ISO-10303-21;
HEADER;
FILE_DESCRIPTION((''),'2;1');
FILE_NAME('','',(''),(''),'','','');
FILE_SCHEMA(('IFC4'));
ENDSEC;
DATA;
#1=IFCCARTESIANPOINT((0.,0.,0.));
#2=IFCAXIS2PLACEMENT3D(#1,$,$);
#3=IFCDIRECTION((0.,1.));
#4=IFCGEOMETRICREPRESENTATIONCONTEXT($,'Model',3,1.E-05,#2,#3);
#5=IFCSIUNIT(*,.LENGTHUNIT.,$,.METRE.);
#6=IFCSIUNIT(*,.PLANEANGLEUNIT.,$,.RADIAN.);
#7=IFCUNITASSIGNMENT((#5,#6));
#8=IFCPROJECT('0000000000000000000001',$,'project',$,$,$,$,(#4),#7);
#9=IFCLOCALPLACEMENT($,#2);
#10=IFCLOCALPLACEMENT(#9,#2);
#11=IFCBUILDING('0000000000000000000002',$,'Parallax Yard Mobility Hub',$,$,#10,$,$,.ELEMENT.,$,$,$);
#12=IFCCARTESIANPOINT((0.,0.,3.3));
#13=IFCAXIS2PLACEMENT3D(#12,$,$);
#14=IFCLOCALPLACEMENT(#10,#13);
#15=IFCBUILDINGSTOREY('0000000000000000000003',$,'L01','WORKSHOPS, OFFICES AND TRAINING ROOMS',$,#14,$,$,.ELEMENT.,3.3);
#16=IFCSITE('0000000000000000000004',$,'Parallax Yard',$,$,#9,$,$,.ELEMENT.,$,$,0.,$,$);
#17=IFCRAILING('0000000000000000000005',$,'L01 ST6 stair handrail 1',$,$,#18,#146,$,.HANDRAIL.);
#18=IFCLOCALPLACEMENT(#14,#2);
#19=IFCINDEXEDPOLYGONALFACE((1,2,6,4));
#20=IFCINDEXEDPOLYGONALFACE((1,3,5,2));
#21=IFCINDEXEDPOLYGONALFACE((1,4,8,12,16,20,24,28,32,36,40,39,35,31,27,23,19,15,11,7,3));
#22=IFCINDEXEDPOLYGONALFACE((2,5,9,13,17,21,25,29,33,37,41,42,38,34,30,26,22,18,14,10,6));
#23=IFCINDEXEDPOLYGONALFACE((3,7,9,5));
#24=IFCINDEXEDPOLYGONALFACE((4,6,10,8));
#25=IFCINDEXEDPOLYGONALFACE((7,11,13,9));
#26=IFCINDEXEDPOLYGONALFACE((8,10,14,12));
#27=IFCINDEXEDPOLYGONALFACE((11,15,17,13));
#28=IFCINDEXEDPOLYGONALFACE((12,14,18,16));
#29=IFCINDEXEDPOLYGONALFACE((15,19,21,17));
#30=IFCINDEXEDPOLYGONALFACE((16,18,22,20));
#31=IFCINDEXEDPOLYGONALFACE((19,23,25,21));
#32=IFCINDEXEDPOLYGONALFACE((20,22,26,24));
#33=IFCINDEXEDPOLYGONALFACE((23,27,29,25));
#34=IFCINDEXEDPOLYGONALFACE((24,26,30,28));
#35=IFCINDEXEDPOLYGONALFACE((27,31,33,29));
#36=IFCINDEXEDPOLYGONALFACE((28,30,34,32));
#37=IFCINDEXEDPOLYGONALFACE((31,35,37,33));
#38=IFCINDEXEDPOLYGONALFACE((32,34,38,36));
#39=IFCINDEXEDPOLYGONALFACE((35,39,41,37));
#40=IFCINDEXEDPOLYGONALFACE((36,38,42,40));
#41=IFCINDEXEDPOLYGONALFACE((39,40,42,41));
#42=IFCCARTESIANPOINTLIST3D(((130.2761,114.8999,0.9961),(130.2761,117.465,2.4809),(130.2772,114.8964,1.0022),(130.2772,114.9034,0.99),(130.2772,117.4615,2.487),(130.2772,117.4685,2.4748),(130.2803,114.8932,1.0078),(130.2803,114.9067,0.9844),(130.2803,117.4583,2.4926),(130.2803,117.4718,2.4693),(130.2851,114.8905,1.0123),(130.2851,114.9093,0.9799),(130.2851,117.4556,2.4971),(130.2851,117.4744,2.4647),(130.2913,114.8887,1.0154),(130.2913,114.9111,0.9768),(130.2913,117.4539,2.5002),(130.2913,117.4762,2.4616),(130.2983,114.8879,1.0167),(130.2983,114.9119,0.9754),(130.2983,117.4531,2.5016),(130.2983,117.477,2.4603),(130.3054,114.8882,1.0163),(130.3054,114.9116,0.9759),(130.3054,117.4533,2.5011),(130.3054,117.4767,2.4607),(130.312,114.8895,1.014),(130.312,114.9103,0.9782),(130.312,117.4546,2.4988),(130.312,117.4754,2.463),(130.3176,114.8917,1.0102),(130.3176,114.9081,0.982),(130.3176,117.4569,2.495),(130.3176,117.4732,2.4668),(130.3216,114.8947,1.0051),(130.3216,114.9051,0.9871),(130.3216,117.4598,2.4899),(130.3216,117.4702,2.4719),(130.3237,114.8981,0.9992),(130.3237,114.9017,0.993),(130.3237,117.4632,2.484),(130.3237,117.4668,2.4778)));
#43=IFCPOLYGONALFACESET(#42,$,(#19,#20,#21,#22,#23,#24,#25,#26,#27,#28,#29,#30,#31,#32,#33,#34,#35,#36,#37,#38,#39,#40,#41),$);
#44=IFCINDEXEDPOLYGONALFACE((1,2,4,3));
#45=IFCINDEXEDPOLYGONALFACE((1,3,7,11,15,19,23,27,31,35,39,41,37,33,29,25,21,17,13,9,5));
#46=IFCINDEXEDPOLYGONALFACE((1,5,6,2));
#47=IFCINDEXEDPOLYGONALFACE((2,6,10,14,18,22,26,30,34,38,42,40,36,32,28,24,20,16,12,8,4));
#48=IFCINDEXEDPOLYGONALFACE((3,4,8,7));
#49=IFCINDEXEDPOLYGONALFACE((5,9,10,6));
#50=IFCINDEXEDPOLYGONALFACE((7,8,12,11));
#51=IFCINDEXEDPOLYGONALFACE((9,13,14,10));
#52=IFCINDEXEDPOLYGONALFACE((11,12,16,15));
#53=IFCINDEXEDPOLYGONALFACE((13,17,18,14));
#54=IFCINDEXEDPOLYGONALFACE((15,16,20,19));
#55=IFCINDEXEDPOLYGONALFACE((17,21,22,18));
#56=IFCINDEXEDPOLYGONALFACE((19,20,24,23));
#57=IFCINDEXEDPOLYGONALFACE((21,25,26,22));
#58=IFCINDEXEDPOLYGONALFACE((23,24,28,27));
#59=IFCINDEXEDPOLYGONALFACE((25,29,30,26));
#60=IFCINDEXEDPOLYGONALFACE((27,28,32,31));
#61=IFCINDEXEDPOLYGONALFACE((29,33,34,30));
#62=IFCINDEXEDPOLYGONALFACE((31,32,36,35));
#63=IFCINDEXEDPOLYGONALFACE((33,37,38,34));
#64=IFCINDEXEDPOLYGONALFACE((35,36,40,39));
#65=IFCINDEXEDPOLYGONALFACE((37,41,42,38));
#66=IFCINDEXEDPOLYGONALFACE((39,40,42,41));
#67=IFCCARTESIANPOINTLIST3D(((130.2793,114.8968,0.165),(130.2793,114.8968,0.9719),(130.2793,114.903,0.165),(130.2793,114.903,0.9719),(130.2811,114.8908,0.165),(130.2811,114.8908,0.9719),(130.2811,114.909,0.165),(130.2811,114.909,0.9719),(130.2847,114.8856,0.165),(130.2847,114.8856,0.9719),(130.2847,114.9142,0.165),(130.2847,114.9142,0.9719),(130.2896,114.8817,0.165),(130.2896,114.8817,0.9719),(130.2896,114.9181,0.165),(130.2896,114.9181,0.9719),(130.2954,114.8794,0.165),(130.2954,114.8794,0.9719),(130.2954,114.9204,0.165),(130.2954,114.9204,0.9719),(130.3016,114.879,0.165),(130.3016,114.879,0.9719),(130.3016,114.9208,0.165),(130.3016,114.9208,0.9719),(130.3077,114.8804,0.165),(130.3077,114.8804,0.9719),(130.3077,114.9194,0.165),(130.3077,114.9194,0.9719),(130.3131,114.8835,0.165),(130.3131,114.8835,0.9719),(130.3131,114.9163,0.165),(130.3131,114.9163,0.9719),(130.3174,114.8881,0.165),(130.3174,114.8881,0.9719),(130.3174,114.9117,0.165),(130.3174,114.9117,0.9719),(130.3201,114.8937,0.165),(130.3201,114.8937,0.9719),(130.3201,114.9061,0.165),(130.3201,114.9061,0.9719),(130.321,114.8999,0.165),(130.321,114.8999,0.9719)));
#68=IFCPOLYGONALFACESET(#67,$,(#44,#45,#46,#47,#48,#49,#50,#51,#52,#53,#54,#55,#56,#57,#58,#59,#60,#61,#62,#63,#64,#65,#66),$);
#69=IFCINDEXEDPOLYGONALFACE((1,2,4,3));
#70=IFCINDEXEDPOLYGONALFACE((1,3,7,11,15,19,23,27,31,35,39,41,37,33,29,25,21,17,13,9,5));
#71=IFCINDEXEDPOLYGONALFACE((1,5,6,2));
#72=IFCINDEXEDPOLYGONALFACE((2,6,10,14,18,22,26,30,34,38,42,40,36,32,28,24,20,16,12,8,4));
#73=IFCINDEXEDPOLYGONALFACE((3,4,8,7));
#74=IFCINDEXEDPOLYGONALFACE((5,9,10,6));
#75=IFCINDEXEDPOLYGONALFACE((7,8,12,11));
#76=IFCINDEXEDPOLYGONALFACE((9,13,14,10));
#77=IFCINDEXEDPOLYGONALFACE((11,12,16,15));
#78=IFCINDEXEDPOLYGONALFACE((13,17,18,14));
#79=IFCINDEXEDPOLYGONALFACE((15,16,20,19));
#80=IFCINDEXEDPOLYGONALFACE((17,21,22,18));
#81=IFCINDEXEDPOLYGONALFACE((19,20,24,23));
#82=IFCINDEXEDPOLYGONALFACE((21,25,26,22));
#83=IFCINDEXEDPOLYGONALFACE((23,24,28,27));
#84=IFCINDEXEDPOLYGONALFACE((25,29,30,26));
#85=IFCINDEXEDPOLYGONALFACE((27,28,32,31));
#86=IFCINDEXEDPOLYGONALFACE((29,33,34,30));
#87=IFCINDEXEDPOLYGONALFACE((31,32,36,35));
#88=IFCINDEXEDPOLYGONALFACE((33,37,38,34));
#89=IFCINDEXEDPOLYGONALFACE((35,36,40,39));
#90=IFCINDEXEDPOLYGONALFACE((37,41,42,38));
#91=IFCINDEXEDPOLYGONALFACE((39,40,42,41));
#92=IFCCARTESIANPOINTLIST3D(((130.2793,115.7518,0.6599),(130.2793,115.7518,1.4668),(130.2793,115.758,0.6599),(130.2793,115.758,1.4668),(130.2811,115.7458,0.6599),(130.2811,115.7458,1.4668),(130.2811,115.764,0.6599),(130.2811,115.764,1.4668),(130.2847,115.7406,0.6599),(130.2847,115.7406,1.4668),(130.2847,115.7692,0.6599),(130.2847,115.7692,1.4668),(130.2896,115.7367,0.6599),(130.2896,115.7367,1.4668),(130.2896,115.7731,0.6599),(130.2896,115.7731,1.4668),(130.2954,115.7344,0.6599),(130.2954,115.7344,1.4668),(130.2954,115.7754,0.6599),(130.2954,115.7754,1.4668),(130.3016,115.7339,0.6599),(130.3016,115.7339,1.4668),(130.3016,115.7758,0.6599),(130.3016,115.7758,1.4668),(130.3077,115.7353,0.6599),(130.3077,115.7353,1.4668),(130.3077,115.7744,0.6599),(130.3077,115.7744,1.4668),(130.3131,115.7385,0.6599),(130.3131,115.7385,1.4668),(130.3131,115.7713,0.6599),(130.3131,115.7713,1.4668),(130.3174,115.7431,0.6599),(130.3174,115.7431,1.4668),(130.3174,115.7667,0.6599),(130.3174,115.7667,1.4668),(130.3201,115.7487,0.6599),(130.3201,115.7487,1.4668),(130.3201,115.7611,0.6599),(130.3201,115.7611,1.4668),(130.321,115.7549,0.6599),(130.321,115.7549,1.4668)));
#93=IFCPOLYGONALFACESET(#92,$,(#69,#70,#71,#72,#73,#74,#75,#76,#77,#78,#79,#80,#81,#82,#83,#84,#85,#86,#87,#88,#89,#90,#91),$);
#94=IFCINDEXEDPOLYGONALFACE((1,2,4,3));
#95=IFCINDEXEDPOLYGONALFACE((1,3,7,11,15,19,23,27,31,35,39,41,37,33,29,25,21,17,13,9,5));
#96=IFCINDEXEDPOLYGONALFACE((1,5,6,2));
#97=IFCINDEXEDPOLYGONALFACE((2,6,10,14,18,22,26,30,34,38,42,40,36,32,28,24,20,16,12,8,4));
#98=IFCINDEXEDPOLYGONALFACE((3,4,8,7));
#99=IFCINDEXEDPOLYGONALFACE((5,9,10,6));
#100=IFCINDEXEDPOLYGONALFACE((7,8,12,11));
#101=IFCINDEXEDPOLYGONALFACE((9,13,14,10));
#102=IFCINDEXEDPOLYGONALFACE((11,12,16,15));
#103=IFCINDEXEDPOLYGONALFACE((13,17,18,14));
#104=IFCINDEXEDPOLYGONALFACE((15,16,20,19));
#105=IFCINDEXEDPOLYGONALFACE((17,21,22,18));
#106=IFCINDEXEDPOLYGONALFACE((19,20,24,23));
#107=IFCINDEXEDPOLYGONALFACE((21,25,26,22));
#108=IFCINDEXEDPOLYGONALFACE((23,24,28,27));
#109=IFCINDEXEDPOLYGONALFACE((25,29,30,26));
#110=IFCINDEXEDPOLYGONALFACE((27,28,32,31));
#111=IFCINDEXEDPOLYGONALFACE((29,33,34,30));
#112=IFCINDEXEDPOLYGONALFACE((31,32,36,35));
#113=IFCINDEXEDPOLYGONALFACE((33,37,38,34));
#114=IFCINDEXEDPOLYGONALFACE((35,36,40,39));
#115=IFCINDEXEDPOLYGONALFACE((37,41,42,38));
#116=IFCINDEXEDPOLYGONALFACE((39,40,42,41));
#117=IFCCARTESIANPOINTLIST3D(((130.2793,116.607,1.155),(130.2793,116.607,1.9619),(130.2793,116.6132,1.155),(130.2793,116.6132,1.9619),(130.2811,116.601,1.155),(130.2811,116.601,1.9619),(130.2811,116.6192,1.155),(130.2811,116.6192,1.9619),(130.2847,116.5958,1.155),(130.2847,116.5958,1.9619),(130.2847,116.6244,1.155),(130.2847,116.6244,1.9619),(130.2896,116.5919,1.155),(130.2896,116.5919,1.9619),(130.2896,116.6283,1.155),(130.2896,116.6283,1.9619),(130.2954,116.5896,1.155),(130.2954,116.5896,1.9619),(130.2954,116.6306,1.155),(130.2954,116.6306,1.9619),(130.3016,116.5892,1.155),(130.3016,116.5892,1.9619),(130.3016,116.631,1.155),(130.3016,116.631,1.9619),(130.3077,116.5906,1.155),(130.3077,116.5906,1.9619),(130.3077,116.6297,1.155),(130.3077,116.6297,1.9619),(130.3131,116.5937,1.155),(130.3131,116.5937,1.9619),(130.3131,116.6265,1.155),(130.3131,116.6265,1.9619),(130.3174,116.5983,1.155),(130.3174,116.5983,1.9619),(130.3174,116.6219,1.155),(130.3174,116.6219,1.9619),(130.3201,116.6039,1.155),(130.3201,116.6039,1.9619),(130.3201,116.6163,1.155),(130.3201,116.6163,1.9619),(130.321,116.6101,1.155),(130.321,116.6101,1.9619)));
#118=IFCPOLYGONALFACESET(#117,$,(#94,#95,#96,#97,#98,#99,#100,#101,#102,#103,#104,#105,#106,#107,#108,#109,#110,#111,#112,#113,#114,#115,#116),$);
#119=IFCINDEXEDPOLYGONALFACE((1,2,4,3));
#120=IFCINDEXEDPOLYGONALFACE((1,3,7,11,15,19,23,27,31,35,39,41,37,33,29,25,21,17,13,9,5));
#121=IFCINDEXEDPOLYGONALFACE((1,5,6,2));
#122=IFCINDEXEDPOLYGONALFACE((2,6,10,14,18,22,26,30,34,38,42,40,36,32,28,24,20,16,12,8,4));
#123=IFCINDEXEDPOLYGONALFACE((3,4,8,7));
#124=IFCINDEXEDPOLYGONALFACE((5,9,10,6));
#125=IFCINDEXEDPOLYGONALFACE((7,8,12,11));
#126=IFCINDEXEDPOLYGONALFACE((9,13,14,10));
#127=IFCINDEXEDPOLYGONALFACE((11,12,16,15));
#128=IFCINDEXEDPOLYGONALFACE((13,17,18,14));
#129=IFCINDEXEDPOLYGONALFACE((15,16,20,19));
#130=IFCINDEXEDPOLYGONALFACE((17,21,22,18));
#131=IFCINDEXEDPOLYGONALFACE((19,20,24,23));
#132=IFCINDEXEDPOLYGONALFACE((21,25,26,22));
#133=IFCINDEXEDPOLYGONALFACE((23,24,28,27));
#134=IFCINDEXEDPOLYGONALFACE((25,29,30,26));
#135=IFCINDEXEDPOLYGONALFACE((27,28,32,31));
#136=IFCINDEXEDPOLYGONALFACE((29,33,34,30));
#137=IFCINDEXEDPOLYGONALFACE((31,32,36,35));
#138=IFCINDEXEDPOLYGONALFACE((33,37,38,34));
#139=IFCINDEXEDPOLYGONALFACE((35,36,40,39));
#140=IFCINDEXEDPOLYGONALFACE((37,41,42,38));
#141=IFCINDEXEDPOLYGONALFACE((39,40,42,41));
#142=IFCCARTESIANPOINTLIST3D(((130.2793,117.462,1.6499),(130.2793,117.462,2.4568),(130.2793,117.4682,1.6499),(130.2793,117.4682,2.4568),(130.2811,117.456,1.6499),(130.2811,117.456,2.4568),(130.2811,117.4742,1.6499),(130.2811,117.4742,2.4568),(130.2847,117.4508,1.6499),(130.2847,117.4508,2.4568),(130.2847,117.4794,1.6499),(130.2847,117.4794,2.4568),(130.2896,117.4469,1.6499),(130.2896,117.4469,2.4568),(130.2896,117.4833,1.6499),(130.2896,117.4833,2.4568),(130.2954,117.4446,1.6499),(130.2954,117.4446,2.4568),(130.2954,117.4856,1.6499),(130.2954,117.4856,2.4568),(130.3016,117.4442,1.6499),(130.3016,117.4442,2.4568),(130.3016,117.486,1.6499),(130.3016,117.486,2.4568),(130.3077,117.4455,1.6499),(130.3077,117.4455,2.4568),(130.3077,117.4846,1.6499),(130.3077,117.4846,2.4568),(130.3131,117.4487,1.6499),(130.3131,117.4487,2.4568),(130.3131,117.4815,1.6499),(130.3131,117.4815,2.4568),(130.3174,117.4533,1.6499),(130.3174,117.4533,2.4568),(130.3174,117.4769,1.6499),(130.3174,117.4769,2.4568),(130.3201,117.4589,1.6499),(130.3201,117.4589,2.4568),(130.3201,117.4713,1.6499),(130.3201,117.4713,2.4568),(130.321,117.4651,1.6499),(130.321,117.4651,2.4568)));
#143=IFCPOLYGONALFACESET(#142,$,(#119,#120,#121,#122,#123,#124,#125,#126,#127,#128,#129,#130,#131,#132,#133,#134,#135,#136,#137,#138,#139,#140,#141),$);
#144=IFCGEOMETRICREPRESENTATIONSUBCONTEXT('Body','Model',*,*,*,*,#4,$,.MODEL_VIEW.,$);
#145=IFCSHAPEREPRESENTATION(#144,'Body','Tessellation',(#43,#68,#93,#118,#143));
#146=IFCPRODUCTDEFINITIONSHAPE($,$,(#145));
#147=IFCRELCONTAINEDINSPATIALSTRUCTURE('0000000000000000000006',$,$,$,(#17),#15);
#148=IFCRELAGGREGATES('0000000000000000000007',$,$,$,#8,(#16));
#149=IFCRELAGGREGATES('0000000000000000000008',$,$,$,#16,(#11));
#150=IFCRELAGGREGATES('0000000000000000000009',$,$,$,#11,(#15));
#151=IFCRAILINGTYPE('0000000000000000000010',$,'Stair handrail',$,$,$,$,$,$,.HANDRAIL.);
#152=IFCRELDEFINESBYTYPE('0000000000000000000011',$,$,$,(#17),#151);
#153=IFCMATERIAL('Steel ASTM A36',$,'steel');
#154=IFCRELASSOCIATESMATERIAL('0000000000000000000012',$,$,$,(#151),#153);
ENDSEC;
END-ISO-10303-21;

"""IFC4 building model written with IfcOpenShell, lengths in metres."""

from ifc_helpers import new_model, si_unit, direction, frame, origin, origin_2d, place, context, subcontext, project, spatial, circle, extrude, material, type_object, element, save


model = new_model("IFC4")

# Units and contexts
model_context = context("Model", 3, precision=1e-05, world=origin(), true_north=direction((0.0, 1.0)))
body_context = subcontext(model_context, "Body", "Model", "MODEL_VIEW")
ifc_project = project(units=[si_unit("LENGTHUNIT", "METRE"), si_unit("PLANEANGLEUNIT", "RADIAN")], contexts=[model_context])

# Site, building, storey
site_placement = place(None, origin())
site = spatial("IfcSite", under=ifc_project, at=site_placement, Name="Parallax Yard", CompositionType="ELEMENT", RefElevation=0.0)
building_placement = place(site_placement, origin())
building = spatial("IfcBuilding", under=site, at=building_placement, Name="Parallax Yard Mobility Hub", CompositionType="ELEMENT")
storey_placement = place(building_placement, frame((0.0, 0.0, 3.3)))
storey = spatial("IfcBuildingStorey", under=building, at=storey_placement, Name="L01", Description="WORKSHOPS, OFFICES AND TRAINING ROOMS", CompositionType="ELEMENT", Elevation=3.3)

# Railing
ifc_material_1 = material(Name="Steel ASTM A36", Category="steel")
railing_type_1 = type_object("IfcRailingType", Name="Stair handrail", PredefinedType="HANDRAIL", material=ifc_material_1)
railing_1_placement = place(storey_placement, frame((130.3, 114.8999, 0.165)))
element("IfcRailing", 1, at=railing_1_placement, inside=storey, type_object=railing_type_1, Name="L01 ST6 stair handrail 1", PredefinedType="HANDRAIL", context=body_context, shape_type="SweptSolid", body=[
    extrude(circle(Radius=0.0239, at=origin_2d()), frame((0.0, 0.0, 0.8311), z_axis=(0.0, 0.865462, 0.500975), x_axis=(-1.0, 0.0, 0.0)), (0.0, 0.0, 1.0), 2.9639),
    extrude(circle(Radius=0.021, at=origin_2d()), origin(), (0.0, 0.0, 1.0), 0.8069),
    extrude(circle(Radius=0.021, at=origin_2d()), frame((0.0, 0.855, 0.4949)), (0.0, 0.0, 1.0), 0.8069),
    extrude(circle(Radius=0.021, at=origin_2d()), frame((0.0, 1.7102, 0.99)), (0.0, 0.0, 1.0), 0.8069),
    extrude(circle(Radius=0.021, at=origin_2d()), frame((0.0, 2.5652, 1.4849)), (0.0, 0.0, 1.0), 0.8069),
])

save(model, "model.ifc")
